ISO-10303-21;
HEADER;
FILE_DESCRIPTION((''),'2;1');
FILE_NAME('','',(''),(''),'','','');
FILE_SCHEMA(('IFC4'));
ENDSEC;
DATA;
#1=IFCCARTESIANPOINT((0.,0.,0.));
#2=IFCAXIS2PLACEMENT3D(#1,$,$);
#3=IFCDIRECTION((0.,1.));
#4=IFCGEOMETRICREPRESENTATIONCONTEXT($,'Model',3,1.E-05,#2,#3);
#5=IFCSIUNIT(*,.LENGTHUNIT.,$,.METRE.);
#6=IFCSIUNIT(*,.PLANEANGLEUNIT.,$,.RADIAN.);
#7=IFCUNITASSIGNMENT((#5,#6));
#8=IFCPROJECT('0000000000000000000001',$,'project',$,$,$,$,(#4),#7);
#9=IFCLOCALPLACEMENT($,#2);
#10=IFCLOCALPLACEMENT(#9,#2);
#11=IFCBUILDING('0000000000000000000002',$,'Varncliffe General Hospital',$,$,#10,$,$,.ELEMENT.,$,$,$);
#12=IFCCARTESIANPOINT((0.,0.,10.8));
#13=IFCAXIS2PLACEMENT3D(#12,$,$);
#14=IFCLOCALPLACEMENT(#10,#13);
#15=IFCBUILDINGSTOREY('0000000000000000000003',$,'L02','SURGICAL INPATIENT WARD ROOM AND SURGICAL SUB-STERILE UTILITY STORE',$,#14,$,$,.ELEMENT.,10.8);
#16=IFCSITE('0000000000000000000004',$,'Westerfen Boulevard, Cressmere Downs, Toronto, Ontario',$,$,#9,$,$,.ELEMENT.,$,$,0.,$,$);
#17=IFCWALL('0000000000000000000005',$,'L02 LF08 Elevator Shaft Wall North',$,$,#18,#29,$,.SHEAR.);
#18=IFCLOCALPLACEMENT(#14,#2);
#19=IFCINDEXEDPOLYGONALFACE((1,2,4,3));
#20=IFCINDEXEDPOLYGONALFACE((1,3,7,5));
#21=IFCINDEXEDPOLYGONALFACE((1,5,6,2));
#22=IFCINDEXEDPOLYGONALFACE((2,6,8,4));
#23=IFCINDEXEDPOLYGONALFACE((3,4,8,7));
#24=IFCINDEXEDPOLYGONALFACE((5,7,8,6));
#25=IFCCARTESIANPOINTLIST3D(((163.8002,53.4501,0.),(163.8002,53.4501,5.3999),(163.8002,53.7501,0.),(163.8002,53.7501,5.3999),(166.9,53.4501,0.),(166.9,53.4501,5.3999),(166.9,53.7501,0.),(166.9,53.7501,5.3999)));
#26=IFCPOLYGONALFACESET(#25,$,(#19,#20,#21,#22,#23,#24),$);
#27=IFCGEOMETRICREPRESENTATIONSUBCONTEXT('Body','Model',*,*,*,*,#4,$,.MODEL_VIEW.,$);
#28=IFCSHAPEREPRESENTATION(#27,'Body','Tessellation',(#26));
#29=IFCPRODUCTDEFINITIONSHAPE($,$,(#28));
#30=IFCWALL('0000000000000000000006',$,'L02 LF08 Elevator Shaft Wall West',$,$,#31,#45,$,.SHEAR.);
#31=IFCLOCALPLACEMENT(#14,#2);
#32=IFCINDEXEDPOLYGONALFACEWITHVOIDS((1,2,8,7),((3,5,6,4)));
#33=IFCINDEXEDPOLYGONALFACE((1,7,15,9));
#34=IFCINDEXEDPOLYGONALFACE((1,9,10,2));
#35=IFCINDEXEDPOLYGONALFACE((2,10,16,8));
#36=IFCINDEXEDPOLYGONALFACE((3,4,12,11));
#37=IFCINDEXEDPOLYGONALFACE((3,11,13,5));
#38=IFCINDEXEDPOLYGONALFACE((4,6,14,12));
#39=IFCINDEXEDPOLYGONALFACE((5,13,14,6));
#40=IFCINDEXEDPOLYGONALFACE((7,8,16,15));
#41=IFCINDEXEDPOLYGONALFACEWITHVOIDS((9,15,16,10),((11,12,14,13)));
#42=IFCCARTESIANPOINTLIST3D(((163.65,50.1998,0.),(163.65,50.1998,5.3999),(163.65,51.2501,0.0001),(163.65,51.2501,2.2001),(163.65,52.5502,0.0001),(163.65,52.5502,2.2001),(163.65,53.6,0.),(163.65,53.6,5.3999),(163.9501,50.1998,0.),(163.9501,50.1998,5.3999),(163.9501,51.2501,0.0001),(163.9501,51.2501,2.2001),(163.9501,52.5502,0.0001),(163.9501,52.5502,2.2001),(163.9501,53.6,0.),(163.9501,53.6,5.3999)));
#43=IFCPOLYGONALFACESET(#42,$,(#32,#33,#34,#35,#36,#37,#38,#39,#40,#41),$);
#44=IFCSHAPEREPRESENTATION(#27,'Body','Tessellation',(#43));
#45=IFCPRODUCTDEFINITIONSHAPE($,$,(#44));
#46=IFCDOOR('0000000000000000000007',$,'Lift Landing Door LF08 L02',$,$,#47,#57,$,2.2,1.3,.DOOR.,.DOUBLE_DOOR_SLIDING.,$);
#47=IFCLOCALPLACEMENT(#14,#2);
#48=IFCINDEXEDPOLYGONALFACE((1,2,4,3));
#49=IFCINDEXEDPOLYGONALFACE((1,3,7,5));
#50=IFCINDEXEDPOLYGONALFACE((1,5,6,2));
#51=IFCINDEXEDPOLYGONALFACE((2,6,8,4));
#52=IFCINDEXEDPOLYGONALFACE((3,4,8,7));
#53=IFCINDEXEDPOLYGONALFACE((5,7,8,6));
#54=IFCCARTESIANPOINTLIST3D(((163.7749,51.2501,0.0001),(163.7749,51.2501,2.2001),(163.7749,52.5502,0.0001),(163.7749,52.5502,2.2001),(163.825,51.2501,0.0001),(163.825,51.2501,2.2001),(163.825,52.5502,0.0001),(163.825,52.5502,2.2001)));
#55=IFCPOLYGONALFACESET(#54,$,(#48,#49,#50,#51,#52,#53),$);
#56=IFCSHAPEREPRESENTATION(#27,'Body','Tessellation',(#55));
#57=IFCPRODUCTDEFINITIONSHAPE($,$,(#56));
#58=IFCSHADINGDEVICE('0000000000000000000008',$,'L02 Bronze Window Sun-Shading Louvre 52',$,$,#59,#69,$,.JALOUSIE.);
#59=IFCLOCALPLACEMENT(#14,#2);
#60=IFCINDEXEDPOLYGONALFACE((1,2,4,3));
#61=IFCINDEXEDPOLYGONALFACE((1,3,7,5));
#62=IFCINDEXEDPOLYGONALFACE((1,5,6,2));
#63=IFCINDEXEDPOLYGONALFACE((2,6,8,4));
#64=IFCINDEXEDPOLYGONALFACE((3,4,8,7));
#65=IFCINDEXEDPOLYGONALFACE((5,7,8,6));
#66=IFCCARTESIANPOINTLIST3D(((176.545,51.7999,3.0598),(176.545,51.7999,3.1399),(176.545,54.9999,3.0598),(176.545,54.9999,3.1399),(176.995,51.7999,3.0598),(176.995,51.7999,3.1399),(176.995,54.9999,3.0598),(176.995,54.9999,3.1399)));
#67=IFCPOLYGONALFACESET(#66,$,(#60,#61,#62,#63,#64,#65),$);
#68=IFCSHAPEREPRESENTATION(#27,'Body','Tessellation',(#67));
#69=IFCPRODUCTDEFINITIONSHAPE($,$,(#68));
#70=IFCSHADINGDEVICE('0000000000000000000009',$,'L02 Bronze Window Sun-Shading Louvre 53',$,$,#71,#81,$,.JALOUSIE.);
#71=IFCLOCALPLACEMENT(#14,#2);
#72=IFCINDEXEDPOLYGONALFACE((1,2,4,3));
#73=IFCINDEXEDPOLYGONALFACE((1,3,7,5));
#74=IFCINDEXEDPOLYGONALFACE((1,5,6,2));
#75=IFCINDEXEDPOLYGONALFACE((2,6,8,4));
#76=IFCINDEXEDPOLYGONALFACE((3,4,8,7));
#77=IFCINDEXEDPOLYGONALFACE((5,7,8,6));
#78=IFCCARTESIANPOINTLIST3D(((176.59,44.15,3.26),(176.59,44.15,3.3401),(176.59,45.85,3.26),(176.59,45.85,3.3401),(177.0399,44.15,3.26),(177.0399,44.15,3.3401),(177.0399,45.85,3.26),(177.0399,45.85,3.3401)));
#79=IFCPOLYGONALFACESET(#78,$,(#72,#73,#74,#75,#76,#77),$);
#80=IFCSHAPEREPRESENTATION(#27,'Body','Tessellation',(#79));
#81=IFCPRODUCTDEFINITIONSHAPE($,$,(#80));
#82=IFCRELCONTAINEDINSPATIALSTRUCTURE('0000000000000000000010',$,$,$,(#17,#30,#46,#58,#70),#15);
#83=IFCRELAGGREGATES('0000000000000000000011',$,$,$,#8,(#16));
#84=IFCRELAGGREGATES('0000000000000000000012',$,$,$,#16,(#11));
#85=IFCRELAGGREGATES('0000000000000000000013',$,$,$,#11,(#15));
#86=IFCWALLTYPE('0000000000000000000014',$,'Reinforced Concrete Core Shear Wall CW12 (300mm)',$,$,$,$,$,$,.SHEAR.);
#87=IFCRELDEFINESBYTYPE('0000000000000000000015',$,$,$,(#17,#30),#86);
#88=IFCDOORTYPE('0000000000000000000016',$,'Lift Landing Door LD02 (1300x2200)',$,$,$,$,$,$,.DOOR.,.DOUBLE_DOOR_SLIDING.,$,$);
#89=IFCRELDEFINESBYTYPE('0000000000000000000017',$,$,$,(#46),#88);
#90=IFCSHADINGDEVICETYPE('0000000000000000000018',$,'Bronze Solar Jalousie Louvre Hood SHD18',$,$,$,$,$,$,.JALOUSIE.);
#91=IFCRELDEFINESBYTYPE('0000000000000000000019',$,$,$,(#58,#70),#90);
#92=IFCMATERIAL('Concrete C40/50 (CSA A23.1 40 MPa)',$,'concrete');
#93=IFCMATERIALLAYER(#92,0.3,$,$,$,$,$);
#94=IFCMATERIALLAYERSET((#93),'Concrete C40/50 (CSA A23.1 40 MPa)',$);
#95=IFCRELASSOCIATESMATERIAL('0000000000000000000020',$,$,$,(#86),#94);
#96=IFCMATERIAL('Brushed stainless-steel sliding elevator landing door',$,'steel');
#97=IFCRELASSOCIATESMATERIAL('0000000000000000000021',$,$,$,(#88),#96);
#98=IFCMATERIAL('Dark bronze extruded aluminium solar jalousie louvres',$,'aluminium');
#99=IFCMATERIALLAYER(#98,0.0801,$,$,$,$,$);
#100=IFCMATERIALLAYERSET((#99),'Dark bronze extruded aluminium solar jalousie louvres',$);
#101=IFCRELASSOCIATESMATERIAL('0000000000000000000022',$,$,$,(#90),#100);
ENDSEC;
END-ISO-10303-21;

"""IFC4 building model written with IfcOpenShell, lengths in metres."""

from ifc_helpers import new_model, si_unit, direction, frame, frame_2d, origin, origin_2d, place, context, subcontext, project, spatial, rectangle, extrude, material, layer, layer_set, type_object, element, fill, save


model = new_model("IFC4")

# Units and contexts
model_context = context("Model", 3, precision=1e-05, world=origin(), true_north=direction((0.0, 1.0)))
body_context = subcontext(model_context, "Body", "Model", "MODEL_VIEW")
ifc_project = project(units=[si_unit("LENGTHUNIT", "METRE"), si_unit("PLANEANGLEUNIT", "RADIAN")], contexts=[model_context])

# Site, building, storey
site_placement = place(None, origin())
site = spatial("IfcSite", under=ifc_project, at=site_placement, Name="Westerfen Boulevard, Cressmere Downs, Toronto, Ontario", CompositionType="ELEMENT", RefElevation=0.0)
building_placement = place(site_placement, origin())
building = spatial("IfcBuilding", under=site, at=building_placement, Name="Varncliffe General Hospital", CompositionType="ELEMENT")
storey_placement = place(building_placement, frame((0.0, 0.0, 10.8)))
storey = spatial("IfcBuildingStorey", under=building, at=storey_placement, Name="L02", Description="SURGICAL INPATIENT WARD ROOM AND SURGICAL SUB-STERILE UTILITY STORE", CompositionType="ELEMENT", Elevation=10.8)

# Shared definitions
ifc_material_1 = material(Name="Concrete C40/50 (CSA A23.1 40 MPa)", Category="concrete")

# Wall
ifc_layer_1 = layer(ifc_material_1, 0.3)
ifc_layer_set_1 = layer_set([ifc_layer_1], Name="Concrete C40/50 (CSA A23.1 40 MPa)")
wall_type_1 = type_object("IfcWallType", Name="Reinforced Concrete Core Shear Wall CW12 (300mm)", PredefinedType="SHEAR", material=ifc_layer_set_1)
wall_1_placement = place(storey_placement, frame((166.8999, 53.6001, 0.0), z_axis=(0.0, 0.0, 1.0), x_axis=(-1.0, 0.0, 0.0)))
element("IfcWall", 1, at=wall_1_placement, inside=storey, type_object=wall_type_1, Name="L02 LF08 Elevator Shaft Wall North", PredefinedType="SHEAR", context=body_context, shape_type="SweptSolid", body=[
    extrude(rectangle(XDim=3.0999, YDim=0.3, at=frame_2d((1.5498, 0.0))), origin(), (0.0, 0.0, 1.0), 5.3999),
])

# Wall, opening, door
wall_2_placement = place(storey_placement, frame((163.8, 53.6001, 0.0), z_axis=(0.0, 0.0, 1.0), x_axis=(0.0, -1.0, 0.0)))
wall_2 = element("IfcWall", 2, at=wall_2_placement, inside=storey, type_object=wall_type_1, Name="L02 LF08 Elevator Shaft Wall West", PredefinedType="SHEAR", context=body_context, shape_type="SweptSolid", body=[
    extrude(rectangle(XDim=3.4001, YDim=0.3, at=frame_2d((1.7002, 0.0))), origin(), (0.0, 0.0, 1.0), 5.3999),
])
opening_1_placement = place(wall_2_placement, frame((1.05, 0.0, 0.0)))
opening_1 = element("IfcOpeningElement", 3, at=opening_1_placement, cuts=wall_2, PredefinedType="OPENING", context=body_context, shape_type="SweptSolid", body=[
    extrude(rectangle(XDim=1.3, YDim=2.2, at=frame_2d((0.6499, 1.1001))), frame((0.0, 0.1602, 0.0), z_axis=(0.0, -1.0, 0.0), x_axis=(1.0, 0.0, 0.0)), (0.0, 0.0, 1.0), 0.3201),
])
ifc_material_2 = material(Name="Brushed stainless-steel sliding elevator landing door", Category="steel")
door_type_1 = type_object("IfcDoorType", Name="Lift Landing Door LD02 (1300x2200)", OperationType="DOUBLE_DOOR_SLIDING", PredefinedType="DOOR", material=ifc_material_2)
door_1_placement = place(opening_1_placement, origin())
door_1 = element("IfcDoor", 4, at=door_1_placement, inside=storey, type_object=door_type_1, Name="Lift Landing Door LF08 L02", OperationType="DOUBLE_DOOR_SLIDING", OverallHeight=2.2, OverallWidth=1.3, PredefinedType="DOOR", context=body_context, shape_type="SweptSolid", body=[
    extrude(rectangle(XDim=1.3, YDim=2.2, at=frame_2d((0.6499, 1.1001))), frame((0.0, 0.0249, 0.0), z_axis=(0.0, -1.0, 0.0), x_axis=(1.0, 0.0, 0.0)), (0.0, 0.0, 1.0), 0.05),
])
fill(opening_1, door_1)

# Shading devices
ifc_material_3 = material(Name="Dark bronze extruded aluminium solar jalousie louvres", Category="aluminium")
ifc_layer_2 = layer(ifc_material_3, 0.0801)
ifc_layer_set_2 = layer_set([ifc_layer_2], Name="Dark bronze extruded aluminium solar jalousie louvres")
shading_device_type = type_object("IfcShadingDeviceType", Name="Bronze Solar Jalousie Louvre Hood SHD18", PredefinedType="JALOUSIE", material=ifc_layer_set_2)
shading_device_1_placement = place(storey_placement, frame((176.77, 53.3999, 3.0598), z_axis=(0.0, 0.0, 1.0), x_axis=(0.0, -1.0, 0.0)))
element("IfcShadingDevice", 5, at=shading_device_1_placement, inside=storey, type_object=shading_device_type, Name="L02 Bronze Window Sun-Shading Louvre 52", PredefinedType="JALOUSIE", context=body_context, shape_type="SweptSolid", body=[
    extrude(rectangle(XDim=3.2, YDim=0.45, at=origin_2d()), origin(), (0.0, 0.0, 1.0), 0.0801),
])
shading_device_2_placement = place(storey_placement, frame((176.8149, 45.0, 3.26), z_axis=(0.0, 0.0, 1.0), x_axis=(0.0, -1.0, 0.0)))
element("IfcShadingDevice", 6, at=shading_device_2_placement, inside=storey, type_object=shading_device_type, Name="L02 Bronze Window Sun-Shading Louvre 53", PredefinedType="JALOUSIE", context=body_context, shape_type="SweptSolid", body=[
    extrude(rectangle(XDim=1.7, YDim=0.45, at=origin_2d()), origin(), (0.0, 0.0, 1.0), 0.0801),
])

save(model, "model.ifc")
